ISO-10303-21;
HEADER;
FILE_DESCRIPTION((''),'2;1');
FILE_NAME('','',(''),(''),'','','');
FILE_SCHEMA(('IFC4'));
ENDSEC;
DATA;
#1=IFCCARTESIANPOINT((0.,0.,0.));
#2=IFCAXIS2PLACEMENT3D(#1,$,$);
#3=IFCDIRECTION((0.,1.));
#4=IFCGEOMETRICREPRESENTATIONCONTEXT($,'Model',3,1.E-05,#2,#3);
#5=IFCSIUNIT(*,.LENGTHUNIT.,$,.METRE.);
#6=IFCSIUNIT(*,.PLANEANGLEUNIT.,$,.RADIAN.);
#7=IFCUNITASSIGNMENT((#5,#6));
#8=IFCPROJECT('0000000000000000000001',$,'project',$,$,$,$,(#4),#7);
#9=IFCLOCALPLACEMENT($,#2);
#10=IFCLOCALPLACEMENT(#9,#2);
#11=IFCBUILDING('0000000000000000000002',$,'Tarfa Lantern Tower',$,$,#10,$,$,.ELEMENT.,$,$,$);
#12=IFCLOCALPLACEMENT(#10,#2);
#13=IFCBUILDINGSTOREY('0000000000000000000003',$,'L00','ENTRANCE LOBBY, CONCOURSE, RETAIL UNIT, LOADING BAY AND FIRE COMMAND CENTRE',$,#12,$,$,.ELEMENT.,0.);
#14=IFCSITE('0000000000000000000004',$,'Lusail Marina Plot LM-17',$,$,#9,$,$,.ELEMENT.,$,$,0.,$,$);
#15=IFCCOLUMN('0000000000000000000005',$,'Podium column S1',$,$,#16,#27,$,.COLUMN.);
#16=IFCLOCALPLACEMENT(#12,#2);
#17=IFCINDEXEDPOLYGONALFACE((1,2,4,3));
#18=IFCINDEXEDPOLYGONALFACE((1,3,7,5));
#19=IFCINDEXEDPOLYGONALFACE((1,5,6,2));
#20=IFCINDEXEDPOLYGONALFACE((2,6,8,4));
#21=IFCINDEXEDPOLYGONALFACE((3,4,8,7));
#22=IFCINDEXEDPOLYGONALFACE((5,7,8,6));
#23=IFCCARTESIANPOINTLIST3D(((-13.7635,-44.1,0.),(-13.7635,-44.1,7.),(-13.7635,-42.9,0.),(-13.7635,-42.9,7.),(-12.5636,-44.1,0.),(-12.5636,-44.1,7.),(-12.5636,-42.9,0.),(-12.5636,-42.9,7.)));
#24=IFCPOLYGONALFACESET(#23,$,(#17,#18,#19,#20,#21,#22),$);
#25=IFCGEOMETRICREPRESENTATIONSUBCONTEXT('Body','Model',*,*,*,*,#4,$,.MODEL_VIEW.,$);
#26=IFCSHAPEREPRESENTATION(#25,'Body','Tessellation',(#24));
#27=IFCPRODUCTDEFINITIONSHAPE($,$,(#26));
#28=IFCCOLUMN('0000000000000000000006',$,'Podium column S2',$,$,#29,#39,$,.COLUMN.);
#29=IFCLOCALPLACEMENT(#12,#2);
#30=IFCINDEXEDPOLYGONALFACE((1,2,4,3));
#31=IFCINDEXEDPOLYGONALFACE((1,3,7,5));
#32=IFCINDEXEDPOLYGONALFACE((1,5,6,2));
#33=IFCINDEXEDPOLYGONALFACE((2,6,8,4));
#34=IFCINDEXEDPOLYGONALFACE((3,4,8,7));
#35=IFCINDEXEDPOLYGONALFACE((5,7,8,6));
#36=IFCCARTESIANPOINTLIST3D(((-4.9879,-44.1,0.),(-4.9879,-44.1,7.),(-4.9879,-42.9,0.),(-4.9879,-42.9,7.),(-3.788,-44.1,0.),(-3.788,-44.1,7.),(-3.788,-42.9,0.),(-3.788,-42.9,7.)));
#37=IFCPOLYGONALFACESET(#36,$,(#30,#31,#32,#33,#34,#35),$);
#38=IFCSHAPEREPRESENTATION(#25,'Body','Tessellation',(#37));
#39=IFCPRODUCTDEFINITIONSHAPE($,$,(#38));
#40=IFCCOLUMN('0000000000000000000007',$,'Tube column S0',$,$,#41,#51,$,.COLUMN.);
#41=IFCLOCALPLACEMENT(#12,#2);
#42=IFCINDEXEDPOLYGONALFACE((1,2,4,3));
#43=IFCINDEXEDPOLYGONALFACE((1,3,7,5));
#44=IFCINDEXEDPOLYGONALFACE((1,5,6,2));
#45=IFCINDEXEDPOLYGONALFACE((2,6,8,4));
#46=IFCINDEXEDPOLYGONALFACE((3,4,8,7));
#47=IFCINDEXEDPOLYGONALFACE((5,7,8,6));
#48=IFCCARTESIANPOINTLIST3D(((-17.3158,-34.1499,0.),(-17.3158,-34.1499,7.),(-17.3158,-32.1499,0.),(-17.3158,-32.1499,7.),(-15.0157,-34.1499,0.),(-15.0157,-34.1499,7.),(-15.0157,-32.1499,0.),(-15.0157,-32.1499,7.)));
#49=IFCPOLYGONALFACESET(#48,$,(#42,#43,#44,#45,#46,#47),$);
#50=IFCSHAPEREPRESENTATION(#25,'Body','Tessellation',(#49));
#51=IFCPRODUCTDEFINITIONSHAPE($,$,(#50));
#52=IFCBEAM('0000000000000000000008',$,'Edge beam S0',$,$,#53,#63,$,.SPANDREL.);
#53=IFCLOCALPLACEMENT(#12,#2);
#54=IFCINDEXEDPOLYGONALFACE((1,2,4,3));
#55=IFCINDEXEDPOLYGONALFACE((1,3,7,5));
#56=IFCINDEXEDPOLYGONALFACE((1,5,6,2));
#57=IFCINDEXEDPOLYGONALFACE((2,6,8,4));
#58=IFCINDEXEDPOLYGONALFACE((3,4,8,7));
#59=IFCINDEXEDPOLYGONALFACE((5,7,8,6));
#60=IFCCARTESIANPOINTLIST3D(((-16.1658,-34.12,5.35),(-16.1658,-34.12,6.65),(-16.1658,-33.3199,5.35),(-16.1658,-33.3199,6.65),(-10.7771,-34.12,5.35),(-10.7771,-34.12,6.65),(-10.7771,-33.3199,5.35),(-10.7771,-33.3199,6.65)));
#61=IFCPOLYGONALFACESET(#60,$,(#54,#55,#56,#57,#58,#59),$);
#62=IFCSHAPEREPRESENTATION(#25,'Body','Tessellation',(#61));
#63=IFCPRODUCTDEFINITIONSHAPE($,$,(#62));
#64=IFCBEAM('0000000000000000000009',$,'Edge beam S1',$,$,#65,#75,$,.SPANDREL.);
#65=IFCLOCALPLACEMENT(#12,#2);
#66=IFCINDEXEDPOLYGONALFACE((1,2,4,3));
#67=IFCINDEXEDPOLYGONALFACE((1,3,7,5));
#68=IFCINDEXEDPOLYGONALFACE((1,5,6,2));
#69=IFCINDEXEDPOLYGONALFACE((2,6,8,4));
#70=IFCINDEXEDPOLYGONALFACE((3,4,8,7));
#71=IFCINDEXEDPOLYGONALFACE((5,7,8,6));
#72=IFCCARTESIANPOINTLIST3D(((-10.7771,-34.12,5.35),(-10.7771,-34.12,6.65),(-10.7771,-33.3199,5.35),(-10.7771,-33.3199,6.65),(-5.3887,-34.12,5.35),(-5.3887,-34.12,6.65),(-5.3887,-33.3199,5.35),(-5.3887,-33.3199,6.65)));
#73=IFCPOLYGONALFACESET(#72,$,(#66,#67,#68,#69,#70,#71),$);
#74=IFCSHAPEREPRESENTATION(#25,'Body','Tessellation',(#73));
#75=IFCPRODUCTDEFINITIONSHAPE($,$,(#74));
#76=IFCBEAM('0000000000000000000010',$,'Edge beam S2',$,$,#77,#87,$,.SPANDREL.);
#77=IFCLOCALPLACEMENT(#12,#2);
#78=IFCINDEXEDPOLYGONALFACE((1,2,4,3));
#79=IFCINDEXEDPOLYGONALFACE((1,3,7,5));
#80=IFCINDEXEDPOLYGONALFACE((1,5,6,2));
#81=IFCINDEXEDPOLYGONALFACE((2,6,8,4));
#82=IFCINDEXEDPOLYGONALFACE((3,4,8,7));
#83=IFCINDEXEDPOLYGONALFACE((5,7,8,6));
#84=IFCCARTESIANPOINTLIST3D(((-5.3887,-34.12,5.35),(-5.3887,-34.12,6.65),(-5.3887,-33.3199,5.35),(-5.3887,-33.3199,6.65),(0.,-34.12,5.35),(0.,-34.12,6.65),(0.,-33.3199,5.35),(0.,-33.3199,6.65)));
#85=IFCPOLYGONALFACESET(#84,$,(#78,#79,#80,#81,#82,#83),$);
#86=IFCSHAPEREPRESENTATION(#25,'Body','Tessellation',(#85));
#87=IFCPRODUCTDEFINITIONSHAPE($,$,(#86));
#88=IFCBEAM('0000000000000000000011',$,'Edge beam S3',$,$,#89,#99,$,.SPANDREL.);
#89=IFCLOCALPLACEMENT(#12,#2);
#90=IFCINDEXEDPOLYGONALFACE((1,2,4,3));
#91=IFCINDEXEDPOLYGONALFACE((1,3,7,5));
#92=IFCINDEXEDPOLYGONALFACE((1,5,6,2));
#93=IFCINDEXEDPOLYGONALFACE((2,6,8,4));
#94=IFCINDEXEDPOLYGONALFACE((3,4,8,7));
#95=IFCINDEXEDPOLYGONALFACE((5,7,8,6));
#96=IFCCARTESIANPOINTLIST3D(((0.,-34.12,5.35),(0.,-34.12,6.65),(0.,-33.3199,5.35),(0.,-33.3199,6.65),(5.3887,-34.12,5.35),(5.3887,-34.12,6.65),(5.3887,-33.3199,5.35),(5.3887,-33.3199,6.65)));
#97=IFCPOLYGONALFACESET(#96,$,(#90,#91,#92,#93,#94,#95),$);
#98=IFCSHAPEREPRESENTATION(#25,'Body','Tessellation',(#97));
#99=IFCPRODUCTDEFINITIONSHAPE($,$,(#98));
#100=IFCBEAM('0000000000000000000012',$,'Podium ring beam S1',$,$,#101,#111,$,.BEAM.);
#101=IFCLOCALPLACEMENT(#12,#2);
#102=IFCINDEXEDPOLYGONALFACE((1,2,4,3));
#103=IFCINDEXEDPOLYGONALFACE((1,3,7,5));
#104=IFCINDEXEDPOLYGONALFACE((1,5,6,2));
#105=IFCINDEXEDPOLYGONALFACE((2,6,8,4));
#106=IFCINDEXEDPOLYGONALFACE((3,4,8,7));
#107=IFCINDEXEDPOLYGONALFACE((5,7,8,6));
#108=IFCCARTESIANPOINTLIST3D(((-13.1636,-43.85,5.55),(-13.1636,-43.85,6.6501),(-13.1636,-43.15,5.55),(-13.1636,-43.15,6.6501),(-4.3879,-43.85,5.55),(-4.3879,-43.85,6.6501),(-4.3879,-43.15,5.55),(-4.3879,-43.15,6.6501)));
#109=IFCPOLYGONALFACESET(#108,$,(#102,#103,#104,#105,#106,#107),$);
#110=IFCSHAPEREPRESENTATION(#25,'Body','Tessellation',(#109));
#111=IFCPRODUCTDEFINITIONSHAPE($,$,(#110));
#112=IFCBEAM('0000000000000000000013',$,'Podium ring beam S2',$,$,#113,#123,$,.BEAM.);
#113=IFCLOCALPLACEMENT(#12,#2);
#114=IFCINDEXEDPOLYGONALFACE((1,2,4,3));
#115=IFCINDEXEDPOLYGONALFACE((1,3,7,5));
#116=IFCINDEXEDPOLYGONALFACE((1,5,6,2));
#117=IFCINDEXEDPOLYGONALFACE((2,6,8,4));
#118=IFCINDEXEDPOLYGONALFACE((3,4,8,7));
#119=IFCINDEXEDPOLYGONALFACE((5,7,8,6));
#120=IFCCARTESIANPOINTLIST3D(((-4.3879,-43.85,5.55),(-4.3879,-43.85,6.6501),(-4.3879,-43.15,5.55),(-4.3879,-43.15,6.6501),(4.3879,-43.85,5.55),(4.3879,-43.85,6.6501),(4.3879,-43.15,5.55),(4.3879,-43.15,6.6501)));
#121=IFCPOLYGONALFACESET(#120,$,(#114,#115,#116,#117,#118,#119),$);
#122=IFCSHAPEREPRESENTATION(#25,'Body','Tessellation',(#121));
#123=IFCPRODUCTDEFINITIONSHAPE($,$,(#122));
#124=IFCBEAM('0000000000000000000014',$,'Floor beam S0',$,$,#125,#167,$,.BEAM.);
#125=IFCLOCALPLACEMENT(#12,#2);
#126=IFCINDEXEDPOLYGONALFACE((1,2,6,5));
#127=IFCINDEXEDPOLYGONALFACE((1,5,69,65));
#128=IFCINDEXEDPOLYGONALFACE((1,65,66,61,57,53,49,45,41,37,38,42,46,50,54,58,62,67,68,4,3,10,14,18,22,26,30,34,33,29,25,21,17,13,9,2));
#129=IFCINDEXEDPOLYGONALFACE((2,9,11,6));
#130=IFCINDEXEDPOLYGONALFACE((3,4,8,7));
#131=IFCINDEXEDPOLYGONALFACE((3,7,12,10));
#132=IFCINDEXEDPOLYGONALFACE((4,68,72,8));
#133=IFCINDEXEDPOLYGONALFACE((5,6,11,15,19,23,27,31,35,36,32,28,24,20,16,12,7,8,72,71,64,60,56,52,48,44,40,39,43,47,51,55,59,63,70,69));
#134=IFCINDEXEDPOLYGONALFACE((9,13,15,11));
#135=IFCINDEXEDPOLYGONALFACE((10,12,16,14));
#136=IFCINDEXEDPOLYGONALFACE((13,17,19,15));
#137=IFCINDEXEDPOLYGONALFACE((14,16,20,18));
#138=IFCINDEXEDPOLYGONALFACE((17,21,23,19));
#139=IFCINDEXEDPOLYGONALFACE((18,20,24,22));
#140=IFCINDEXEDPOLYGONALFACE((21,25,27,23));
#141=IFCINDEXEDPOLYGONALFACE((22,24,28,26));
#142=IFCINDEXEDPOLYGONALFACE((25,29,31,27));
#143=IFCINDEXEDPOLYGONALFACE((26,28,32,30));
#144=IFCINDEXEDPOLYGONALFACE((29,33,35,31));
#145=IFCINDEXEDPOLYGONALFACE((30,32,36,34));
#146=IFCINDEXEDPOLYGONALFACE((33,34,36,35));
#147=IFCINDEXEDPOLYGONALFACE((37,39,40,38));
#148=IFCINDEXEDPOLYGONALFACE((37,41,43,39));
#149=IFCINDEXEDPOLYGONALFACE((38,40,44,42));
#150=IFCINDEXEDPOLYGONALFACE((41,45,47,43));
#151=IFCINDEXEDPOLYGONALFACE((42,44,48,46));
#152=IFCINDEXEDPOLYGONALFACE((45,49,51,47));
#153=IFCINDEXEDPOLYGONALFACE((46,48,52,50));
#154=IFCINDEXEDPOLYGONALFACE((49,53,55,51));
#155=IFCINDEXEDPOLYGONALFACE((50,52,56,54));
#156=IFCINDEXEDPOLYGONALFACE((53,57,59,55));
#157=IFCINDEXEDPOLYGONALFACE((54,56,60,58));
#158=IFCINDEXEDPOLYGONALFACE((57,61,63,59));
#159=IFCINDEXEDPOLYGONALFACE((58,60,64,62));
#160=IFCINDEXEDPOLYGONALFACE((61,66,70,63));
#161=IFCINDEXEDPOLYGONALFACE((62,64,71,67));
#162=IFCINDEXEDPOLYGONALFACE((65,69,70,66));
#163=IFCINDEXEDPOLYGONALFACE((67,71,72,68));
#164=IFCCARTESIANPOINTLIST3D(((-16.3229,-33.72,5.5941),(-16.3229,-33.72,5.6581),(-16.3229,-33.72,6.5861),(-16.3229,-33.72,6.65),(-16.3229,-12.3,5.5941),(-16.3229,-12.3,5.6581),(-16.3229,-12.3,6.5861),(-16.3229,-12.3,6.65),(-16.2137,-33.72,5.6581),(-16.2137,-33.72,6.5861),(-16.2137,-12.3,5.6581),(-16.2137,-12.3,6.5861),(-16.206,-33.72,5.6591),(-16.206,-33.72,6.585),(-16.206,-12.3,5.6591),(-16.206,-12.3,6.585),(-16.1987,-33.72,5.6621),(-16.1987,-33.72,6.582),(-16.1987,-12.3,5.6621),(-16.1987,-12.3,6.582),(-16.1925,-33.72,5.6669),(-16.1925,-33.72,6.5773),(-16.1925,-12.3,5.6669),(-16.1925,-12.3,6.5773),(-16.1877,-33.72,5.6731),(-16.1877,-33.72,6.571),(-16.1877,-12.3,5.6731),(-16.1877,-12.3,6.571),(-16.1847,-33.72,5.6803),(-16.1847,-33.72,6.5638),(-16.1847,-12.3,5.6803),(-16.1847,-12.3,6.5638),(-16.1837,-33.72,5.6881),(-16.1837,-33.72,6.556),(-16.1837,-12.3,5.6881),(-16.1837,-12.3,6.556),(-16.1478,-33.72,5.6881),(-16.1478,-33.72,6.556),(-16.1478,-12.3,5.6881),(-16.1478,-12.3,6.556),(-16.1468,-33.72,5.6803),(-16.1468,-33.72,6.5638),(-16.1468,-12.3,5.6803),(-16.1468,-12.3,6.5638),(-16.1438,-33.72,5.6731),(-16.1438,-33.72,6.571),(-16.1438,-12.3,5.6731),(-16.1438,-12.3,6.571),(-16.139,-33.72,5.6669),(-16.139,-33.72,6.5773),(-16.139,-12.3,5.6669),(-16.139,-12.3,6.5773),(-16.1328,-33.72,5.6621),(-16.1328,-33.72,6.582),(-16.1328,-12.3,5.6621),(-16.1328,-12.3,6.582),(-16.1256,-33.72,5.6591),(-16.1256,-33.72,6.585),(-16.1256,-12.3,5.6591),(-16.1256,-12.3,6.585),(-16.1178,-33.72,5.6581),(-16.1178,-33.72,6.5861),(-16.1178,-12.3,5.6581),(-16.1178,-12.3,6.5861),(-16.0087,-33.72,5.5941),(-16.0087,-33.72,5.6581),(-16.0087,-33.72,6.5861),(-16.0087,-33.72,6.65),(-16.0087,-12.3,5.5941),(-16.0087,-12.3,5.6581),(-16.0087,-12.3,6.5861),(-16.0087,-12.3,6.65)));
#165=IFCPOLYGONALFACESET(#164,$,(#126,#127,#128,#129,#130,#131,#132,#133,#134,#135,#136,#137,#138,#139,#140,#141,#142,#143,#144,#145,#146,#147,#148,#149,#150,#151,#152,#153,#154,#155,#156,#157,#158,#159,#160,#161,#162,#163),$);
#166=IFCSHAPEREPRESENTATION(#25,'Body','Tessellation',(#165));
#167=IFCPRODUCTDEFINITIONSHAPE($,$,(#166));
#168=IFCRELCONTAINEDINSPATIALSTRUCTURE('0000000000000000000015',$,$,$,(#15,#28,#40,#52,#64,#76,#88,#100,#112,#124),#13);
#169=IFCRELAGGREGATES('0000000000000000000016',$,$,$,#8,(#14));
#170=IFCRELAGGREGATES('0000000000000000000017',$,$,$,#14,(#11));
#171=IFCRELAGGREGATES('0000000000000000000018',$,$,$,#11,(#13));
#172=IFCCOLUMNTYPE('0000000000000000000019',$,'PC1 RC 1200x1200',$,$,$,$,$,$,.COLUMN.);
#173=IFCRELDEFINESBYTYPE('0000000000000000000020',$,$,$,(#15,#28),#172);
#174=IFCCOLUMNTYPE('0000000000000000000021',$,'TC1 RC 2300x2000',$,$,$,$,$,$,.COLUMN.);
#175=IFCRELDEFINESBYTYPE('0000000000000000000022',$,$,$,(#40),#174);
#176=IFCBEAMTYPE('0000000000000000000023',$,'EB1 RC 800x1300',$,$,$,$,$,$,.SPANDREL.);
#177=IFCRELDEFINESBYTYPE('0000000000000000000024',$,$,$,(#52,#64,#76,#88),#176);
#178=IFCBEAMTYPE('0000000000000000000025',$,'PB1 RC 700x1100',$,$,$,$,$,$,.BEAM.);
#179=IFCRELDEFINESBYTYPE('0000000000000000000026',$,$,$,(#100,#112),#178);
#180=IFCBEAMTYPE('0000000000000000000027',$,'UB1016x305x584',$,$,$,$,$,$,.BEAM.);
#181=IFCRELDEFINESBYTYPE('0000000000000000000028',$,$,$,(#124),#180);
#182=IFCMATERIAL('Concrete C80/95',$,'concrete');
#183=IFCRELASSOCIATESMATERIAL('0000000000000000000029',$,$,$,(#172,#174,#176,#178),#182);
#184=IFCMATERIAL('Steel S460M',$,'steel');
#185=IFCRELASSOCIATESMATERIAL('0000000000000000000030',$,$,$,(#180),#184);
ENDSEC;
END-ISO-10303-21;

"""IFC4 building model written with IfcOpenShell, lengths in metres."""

from ifc_helpers import new_model, si_unit, direction, frame, origin, origin_2d, place, context, subcontext, project, spatial, rectangle, i_section, extrude, material, material_profile, profile_set, type_object, element, save


model = new_model("IFC4")

# Units and contexts
model_context = context("Model", 3, precision=1e-05, world=origin(), true_north=direction((0.0, 1.0)))
body_context = subcontext(model_context, "Body", "Model", "MODEL_VIEW")
ifc_project = project(units=[si_unit("LENGTHUNIT", "METRE"), si_unit("PLANEANGLEUNIT", "RADIAN")], contexts=[model_context])

# Site, building, storey
site_placement = place(None, origin())
site = spatial("IfcSite", under=ifc_project, at=site_placement, Name="Lusail Marina Plot LM-17", CompositionType="ELEMENT", RefElevation=0.0)
building_placement = place(site_placement, origin())
building = spatial("IfcBuilding", under=site, at=building_placement, Name="Tarfa Lantern Tower", CompositionType="ELEMENT")
storey_placement = place(building_placement, origin())
storey = spatial("IfcBuildingStorey", under=building, at=storey_placement, Name="L00", Description="ENTRANCE LOBBY, CONCOURSE, RETAIL UNIT, LOADING BAY AND FIRE COMMAND CENTRE", CompositionType="ELEMENT", Elevation=0.0)

# Columns
ifc_material_1 = material(Name="Concrete C80/95", Category="concrete")
ifc_material_profile_1 = material_profile(ifc_material_1, rectangle(XDim=1.2, YDim=1.2, at=origin_2d()), Name="RC 1200x1200")
ifc_profile_set_1 = profile_set([ifc_material_profile_1], Name="Concrete C80/95")
column_type_1 = type_object("IfcColumnType", Name="PC1 RC 1200x1200", PredefinedType="COLUMN", material=ifc_profile_set_1)
for number, where, z_axis, x_axis, name in (
    (1, (-13.1636, -43.5, 0.0), (0.0, 0.0, 1.0), (1.0, 0.0, 0.0), "Podium column S1"),
    (2, (-4.3879, -43.5, 0.0), (0.0, 0.0, 1.0), (1.0, 0.0, 0.0), "Podium column S2"),
):
    element("IfcColumn", number, at=place(storey_placement, frame(where, z_axis=z_axis, x_axis=x_axis)), inside=storey, type_object=column_type_1, Name=name, PredefinedType="COLUMN", context=body_context, shape_type="SweptSolid", body=[
        extrude(rectangle(XDim=1.2, YDim=1.2, at=origin_2d()), origin(), (0.0, 0.0, 1.0), 7.0),
    ])
ifc_material_profile_2 = material_profile(ifc_material_1, rectangle(XDim=2.3, YDim=2.0, at=origin_2d()), Name="RC 2300x2000")
ifc_profile_set_2 = profile_set([ifc_material_profile_2], Name="Concrete C80/95")
column_type_2 = type_object("IfcColumnType", Name="TC1 RC 2300x2000", PredefinedType="COLUMN", material=ifc_profile_set_2)
column_placement = place(storey_placement, frame((-16.1658, -33.1499, 0.0), z_axis=(0.0, 0.0, 1.0), x_axis=(1.0, 0.0, 0.0)))
element("IfcColumn", 3, at=column_placement, inside=storey, type_object=column_type_2, Name="Tube column S0", PredefinedType="COLUMN", context=body_context, shape_type="SweptSolid", body=[
    extrude(rectangle(XDim=2.3, YDim=2.0, at=origin_2d()), origin(), (0.0, 0.0, 1.0), 7.0),
])

# Beams
ifc_material_profile_3 = material_profile(ifc_material_1, rectangle(XDim=0.8, YDim=1.3, at=origin_2d()), Name="RC 800x1300")
ifc_profile_set_3 = profile_set([ifc_material_profile_3], Name="Concrete C80/95")
beam_type_1 = type_object("IfcBeamType", Name="EB1 RC 800x1300", PredefinedType="SPANDREL", material=ifc_profile_set_3)
beam_1_placement = place(storey_placement, frame((-16.1658, -33.72, 6.0), z_axis=(1.0, 0.0, 0.0), x_axis=(0.0, 1.0, 0.0)))
element("IfcBeam", 4, at=beam_1_placement, inside=storey, type_object=beam_type_1, Name="Edge beam S0", PredefinedType="SPANDREL", context=body_context, shape_type="SweptSolid", body=[
    extrude(rectangle(XDim=0.8, YDim=1.3, at=origin_2d()), origin(), (0.0, 0.0, 1.0), 5.3887),
])
beam_2_placement = place(storey_placement, frame((-10.7771, -33.72, 6.0), z_axis=(1.0, 0.0, 0.0), x_axis=(0.0, 1.0, 0.0)))
element("IfcBeam", 5, at=beam_2_placement, inside=storey, type_object=beam_type_1, Name="Edge beam S1", PredefinedType="SPANDREL", context=body_context, shape_type="SweptSolid", body=[
    extrude(rectangle(XDim=0.8, YDim=1.3, at=origin_2d()), origin(), (0.0, 0.0, 1.0), 5.3884),
])
for number, where, z_axis, x_axis, name in (
    (6, (-5.3887, -33.72, 6.0), (1.0, 0.0, 0.0), (0.0, 1.0, 0.0), "Edge beam S2"),
    (7, (0.0, -33.72, 6.0), (1.0, 0.0, 0.0), (0.0, 1.0, 0.0), "Edge beam S3"),
):
    element("IfcBeam", number, at=place(storey_placement, frame(where, z_axis=z_axis, x_axis=x_axis)), inside=storey, type_object=beam_type_1, Name=name, PredefinedType="SPANDREL", context=body_context, shape_type="SweptSolid", body=[
        extrude(rectangle(XDim=0.8, YDim=1.3, at=origin_2d()), origin(), (0.0, 0.0, 1.0), 5.3887),
    ])
ifc_material_profile_4 = material_profile(ifc_material_1, rectangle(XDim=0.7, YDim=1.1001, at=origin_2d()), Name="RC 700x1100")
ifc_profile_set_4 = profile_set([ifc_material_profile_4], Name="Concrete C80/95")
beam_type_2 = type_object("IfcBeamType", Name="PB1 RC 700x1100", PredefinedType="BEAM", material=ifc_profile_set_4)
beam_3_placement = place(storey_placement, frame((-13.1636, -43.5, 6.1001), z_axis=(1.0, 0.0, 0.0), x_axis=(0.0, 1.0, 0.0)))
element("IfcBeam", 8, at=beam_3_placement, inside=storey, type_object=beam_type_2, Name="Podium ring beam S1", PredefinedType="BEAM", context=body_context, shape_type="SweptSolid", body=[
    extrude(rectangle(XDim=0.7, YDim=1.1001, at=origin_2d()), origin(), (0.0, 0.0, 1.0), 8.7756),
])
beam_4_placement = place(storey_placement, frame((-4.3879, -43.5, 6.1001), z_axis=(1.0, 0.0, 0.0), x_axis=(0.0, 1.0, 0.0)))
element("IfcBeam", 9, at=beam_4_placement, inside=storey, type_object=beam_type_2, Name="Podium ring beam S2", PredefinedType="BEAM", context=body_context, shape_type="SweptSolid", body=[
    extrude(rectangle(XDim=0.7, YDim=1.1001, at=origin_2d()), origin(), (0.0, 0.0, 1.0), 8.7759),
])
ifc_material_2 = material(Name="Steel S460M", Category="steel")
ifc_material_profile_5 = material_profile(ifc_material_2, i_section(OverallWidth=0.3142, OverallDepth=1.0559, WebThickness=0.0359, FlangeThickness=0.064, FilletRadius=0.03, at=origin_2d()), Name="UB1016x305x584")
ifc_profile_set_5 = profile_set([ifc_material_profile_5], Name="Steel S460M")
beam_type_3 = type_object("IfcBeamType", Name="UB1016x305x584", PredefinedType="BEAM", material=ifc_profile_set_5)
for number, where, z_axis, x_axis, name in (
    (10, (-16.1658, -33.72, 6.1221), (0.0, 1.0, 0.0), (-1.0, 0.0, 0.0), "Floor beam S0"),
):
    element("IfcBeam", number, at=place(storey_placement, frame(where, z_axis=z_axis, x_axis=x_axis)), inside=storey, type_object=beam_type_3, Name=name, PredefinedType="BEAM", context=body_context, shape_type="SweptSolid", body=[
        extrude(i_section(OverallWidth=0.3142, OverallDepth=1.0559, WebThickness=0.0359, FlangeThickness=0.064, FilletRadius=0.03, at=origin_2d()), origin(), (0.0, 0.0, 1.0), 21.4199),
    ])

save(model, "model.ifc")
